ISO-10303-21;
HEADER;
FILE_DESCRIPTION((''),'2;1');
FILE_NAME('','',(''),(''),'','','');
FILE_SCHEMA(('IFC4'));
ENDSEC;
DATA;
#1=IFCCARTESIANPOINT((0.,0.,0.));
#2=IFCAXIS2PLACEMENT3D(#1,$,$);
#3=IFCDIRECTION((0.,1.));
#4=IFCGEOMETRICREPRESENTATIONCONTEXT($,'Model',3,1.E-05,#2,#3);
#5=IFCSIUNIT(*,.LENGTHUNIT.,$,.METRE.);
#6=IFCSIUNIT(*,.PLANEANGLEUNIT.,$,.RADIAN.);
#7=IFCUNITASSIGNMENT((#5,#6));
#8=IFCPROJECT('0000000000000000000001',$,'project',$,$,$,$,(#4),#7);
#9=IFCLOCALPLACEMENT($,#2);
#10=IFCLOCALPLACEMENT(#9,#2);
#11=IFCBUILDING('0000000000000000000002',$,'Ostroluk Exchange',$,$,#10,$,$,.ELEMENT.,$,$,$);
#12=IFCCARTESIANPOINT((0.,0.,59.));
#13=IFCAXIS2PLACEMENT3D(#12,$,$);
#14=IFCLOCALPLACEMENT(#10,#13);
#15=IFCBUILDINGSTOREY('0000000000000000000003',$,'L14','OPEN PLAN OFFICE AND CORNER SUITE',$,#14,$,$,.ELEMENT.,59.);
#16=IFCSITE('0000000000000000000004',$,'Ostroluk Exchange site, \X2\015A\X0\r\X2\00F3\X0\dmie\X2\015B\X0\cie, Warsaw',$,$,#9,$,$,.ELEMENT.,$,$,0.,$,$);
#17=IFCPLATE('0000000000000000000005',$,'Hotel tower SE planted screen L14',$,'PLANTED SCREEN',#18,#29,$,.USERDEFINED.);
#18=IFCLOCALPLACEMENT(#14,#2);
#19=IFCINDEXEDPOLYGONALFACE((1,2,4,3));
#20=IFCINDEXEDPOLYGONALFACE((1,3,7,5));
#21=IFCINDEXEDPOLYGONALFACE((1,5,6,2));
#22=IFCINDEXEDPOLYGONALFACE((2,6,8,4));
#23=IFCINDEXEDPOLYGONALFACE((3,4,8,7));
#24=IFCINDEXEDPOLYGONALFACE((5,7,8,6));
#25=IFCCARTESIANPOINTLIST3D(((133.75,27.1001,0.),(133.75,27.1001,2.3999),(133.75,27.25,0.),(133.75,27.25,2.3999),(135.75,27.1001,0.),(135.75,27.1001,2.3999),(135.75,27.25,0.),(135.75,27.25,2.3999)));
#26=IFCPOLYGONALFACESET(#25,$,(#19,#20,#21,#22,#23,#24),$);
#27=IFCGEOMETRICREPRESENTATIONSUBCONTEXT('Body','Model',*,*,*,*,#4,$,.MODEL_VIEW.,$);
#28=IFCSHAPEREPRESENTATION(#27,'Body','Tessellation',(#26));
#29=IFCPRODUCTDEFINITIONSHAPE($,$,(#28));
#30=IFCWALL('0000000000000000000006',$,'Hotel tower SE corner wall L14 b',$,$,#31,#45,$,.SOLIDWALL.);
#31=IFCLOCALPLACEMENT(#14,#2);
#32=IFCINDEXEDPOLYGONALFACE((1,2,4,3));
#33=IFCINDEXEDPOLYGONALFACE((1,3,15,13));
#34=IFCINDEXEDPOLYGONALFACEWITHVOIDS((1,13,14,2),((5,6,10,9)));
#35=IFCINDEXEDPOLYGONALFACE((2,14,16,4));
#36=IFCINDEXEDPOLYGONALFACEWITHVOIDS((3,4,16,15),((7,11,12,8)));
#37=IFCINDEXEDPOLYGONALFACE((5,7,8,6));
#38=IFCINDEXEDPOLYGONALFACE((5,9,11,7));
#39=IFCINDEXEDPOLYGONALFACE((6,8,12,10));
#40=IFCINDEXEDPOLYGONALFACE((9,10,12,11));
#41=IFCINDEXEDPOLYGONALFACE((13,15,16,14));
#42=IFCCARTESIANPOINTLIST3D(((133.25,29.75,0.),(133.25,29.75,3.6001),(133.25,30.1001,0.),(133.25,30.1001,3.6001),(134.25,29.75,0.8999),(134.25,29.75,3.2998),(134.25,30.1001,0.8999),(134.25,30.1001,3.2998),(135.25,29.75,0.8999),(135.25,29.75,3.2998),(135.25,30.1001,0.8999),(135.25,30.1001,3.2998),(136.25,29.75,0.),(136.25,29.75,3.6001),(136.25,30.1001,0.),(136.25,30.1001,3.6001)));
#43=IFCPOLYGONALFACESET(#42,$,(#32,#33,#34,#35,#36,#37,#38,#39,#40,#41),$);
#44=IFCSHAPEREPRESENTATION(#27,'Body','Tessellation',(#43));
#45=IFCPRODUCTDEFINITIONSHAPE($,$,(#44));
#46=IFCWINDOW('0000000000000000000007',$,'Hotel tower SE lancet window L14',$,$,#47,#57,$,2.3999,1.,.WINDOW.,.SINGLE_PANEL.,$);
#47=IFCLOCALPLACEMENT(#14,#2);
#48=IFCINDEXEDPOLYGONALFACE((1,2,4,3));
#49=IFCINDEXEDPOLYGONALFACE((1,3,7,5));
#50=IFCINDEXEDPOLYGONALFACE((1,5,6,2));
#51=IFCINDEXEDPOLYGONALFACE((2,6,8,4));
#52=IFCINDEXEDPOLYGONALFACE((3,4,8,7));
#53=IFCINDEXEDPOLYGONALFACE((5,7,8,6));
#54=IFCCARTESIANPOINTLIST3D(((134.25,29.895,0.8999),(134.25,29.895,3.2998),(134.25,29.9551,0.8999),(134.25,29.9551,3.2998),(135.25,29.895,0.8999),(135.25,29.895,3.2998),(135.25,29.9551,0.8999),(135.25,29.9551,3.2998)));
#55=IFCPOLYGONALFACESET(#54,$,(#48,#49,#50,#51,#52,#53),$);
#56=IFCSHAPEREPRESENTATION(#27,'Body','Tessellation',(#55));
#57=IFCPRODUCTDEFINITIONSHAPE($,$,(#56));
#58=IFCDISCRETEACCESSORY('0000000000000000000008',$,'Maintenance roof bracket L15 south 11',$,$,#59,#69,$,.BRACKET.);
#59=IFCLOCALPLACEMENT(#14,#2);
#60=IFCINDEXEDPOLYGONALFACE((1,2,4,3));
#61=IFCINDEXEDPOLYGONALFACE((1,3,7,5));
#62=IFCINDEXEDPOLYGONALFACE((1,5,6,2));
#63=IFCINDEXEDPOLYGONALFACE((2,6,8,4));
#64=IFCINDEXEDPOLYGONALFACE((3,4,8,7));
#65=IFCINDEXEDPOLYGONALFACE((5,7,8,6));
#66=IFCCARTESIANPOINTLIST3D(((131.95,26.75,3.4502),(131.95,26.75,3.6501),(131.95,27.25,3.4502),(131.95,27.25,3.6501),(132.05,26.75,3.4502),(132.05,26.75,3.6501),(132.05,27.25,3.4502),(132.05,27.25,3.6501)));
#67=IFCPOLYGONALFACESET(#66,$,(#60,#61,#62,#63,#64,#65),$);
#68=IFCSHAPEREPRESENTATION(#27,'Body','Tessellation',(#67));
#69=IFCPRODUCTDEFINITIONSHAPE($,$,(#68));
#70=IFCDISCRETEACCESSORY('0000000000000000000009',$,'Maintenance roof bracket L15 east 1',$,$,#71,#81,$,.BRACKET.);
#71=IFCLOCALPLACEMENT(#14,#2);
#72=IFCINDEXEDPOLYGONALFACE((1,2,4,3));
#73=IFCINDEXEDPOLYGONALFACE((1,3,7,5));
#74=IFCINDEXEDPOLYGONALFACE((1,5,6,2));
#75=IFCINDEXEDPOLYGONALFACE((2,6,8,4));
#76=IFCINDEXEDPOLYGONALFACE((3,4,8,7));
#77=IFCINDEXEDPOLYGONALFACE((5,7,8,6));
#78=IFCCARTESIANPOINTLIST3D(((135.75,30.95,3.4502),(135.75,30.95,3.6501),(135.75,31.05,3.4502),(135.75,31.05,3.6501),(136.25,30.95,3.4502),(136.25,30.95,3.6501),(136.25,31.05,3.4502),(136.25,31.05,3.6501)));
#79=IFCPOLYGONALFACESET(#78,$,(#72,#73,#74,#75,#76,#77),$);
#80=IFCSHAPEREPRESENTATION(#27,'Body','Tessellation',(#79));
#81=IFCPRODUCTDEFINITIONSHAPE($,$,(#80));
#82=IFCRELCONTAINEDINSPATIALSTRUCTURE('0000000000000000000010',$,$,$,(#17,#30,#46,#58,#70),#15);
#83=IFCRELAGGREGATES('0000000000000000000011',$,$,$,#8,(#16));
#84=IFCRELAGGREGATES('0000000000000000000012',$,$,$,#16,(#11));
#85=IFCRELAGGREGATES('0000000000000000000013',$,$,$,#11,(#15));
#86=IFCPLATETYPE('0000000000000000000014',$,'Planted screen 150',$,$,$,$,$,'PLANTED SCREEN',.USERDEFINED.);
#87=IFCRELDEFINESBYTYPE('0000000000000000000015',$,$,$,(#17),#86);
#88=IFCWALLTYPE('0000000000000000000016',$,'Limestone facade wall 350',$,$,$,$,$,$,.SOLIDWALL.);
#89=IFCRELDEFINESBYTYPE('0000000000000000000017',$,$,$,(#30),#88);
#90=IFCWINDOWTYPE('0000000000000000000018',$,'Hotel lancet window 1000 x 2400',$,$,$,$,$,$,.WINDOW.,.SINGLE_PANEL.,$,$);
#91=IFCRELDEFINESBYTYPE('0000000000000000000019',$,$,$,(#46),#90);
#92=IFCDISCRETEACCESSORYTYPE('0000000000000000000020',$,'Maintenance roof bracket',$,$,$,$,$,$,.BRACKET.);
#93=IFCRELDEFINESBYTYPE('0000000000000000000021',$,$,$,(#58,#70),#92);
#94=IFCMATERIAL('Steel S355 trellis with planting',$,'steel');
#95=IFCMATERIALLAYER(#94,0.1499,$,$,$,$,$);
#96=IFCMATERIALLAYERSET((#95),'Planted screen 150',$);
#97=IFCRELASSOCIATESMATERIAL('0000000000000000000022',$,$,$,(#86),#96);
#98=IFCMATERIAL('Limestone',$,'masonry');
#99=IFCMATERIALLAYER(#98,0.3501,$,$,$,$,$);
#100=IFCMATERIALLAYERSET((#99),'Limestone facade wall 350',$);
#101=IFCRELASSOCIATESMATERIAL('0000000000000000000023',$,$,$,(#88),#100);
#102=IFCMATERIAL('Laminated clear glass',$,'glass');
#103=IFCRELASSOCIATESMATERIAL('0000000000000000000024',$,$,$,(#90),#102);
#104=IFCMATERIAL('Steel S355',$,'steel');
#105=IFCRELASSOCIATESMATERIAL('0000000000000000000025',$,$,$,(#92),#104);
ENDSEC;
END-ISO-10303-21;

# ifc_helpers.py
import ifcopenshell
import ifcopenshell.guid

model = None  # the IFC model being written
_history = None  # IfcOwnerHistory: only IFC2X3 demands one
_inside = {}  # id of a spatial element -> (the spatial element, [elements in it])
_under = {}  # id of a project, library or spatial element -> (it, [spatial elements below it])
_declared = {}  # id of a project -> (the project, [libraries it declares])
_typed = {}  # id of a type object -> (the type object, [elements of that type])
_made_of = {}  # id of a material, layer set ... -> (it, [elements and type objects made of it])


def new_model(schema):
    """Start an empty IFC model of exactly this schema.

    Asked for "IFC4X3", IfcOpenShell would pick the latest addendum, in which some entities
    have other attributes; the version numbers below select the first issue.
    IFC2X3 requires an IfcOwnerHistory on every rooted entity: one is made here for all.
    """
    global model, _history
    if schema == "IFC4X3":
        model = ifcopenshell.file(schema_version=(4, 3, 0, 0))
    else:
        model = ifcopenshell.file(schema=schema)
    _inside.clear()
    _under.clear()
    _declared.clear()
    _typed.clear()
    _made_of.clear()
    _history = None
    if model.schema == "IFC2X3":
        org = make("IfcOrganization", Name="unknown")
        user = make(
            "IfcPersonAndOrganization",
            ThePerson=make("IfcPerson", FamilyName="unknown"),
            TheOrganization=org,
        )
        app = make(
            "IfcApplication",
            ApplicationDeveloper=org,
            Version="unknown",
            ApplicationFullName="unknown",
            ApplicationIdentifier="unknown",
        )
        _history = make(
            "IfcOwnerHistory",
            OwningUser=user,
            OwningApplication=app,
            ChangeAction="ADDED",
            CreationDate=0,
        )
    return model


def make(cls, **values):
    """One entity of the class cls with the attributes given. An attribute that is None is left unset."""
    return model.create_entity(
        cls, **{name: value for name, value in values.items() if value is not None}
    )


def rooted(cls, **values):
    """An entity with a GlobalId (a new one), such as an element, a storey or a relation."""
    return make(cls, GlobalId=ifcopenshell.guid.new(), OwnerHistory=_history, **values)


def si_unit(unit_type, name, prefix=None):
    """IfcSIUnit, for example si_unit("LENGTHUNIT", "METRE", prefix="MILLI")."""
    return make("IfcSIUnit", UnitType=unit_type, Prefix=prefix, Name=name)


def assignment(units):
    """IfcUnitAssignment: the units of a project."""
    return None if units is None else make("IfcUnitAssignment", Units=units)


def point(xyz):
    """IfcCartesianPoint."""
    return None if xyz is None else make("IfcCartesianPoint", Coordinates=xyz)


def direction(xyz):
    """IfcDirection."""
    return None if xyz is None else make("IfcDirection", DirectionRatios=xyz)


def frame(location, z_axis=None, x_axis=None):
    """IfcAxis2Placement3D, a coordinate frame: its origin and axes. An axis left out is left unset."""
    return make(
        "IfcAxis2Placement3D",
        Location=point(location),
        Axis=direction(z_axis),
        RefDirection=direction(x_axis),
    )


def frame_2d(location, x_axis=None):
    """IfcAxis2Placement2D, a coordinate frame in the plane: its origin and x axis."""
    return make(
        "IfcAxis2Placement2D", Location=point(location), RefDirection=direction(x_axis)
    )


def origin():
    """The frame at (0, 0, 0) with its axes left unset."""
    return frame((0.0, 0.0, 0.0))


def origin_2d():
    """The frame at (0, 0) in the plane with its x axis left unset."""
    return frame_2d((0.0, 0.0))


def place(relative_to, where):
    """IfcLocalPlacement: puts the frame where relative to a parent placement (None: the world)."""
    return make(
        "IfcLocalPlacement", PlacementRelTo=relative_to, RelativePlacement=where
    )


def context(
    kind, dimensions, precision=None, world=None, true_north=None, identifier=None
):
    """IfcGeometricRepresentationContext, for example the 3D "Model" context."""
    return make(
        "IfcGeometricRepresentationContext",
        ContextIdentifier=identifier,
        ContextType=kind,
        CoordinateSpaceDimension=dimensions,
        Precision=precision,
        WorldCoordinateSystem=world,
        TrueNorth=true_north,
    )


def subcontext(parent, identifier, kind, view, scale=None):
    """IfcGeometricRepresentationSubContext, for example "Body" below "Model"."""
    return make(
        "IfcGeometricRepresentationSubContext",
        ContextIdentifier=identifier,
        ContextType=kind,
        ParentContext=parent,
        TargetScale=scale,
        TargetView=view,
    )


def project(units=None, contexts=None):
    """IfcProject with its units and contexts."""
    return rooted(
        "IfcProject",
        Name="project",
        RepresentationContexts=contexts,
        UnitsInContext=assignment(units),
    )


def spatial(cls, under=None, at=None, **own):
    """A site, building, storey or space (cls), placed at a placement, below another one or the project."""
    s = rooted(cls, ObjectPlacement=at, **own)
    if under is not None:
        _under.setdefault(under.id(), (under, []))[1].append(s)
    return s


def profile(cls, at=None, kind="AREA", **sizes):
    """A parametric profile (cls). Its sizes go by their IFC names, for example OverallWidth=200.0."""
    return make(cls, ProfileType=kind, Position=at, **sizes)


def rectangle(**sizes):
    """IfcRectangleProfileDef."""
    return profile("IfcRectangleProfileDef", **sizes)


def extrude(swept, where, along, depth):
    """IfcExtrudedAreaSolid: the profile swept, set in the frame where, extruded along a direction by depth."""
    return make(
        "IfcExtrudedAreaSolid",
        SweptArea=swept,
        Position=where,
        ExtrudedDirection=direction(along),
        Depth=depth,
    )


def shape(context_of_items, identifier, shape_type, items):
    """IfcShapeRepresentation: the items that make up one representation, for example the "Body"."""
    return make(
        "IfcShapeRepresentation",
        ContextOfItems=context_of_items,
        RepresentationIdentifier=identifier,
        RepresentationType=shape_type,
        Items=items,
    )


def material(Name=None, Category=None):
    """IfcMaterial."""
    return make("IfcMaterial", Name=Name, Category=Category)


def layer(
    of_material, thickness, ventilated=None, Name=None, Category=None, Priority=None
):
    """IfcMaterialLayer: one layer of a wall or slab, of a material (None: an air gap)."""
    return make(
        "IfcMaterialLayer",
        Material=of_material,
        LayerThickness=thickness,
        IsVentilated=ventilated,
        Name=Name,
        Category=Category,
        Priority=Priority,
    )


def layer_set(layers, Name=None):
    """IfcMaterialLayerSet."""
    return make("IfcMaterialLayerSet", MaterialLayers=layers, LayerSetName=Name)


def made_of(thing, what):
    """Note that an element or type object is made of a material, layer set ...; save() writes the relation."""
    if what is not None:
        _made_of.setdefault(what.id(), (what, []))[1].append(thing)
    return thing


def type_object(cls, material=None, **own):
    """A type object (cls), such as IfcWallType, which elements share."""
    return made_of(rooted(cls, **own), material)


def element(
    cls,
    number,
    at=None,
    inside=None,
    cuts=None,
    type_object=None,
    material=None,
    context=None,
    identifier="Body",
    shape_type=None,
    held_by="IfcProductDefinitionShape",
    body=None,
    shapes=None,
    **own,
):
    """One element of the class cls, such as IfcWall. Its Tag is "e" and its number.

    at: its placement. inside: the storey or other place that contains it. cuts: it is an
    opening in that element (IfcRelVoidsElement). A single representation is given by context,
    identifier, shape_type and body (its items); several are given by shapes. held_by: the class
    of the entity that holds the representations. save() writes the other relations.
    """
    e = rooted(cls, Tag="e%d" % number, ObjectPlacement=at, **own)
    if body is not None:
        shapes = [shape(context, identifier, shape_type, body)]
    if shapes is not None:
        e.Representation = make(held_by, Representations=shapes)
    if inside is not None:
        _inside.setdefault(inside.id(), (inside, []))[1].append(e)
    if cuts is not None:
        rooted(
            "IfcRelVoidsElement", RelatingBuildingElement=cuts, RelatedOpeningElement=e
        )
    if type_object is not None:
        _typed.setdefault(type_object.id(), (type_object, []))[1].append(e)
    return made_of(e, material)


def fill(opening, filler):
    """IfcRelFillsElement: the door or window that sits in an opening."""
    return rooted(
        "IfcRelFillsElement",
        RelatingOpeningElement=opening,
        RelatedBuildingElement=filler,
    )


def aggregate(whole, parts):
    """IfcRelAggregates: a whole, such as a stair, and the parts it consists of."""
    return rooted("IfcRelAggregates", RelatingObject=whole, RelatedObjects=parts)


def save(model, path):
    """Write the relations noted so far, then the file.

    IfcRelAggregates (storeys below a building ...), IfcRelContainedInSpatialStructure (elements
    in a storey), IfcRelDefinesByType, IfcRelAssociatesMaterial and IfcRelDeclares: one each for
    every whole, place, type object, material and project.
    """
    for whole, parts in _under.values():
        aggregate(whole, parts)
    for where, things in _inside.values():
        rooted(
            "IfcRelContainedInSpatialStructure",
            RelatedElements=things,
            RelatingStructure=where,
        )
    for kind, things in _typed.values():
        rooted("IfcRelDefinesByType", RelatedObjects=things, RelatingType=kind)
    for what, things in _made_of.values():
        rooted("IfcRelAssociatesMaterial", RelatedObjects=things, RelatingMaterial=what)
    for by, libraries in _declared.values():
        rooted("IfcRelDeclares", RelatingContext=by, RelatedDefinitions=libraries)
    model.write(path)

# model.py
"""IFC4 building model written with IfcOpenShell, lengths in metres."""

from ifc_helpers import new_model, si_unit, direction, frame, frame_2d, origin, origin_2d, place, context, subcontext, project, spatial, rectangle, extrude, material, layer, layer_set, type_object, element, fill, save


model = new_model("IFC4")

# Units and contexts
model_context = context("Model", 3, precision=1e-05, world=origin(), true_north=direction((0.0, 1.0)))
body_context = subcontext(model_context, "Body", "Model", "MODEL_VIEW")
ifc_project = project(units=[si_unit("LENGTHUNIT", "METRE"), si_unit("PLANEANGLEUNIT", "RADIAN")], contexts=[model_context])

# Site, building, storey
site_placement = place(None, origin())
site = spatial("IfcSite", under=ifc_project, at=site_placement, Name="Ostroluk Exchange site, Śródmieście, Warsaw", CompositionType="ELEMENT", RefElevation=0.0)
building_placement = place(site_placement, origin())
building = spatial("IfcBuilding", under=site, at=building_placement, Name="Ostroluk Exchange", CompositionType="ELEMENT")
storey_placement = place(building_placement, frame((0.0, 0.0, 59.0)))
storey = spatial("IfcBuildingStorey", under=building, at=storey_placement, Name="L14", Description="OPEN PLAN OFFICE AND CORNER SUITE", CompositionType="ELEMENT", Elevation=59.0)

# Plate
ifc_material_1 = material(Name="Steel S355 trellis with planting", Category="steel")
ifc_layer_1 = layer(ifc_material_1, 0.1499)
ifc_layer_set_1 = layer_set([ifc_layer_1], Name="Planted screen 150")
plate_type_1 = type_object("IfcPlateType", Name="Planted screen 150", ElementType="PLANTED SCREEN", PredefinedType="USERDEFINED", material=ifc_layer_set_1)
plate_1_placement = place(storey_placement, frame((134.75, 27.175, 0.0), z_axis=(0.0, 0.0, 1.0), x_axis=(1.0, 0.0, 0.0)))
element("IfcPlate", 1, at=plate_1_placement, inside=storey, type_object=plate_type_1, Name="Hotel tower SE planted screen L14", ObjectType="PLANTED SCREEN", PredefinedType="USERDEFINED", context=body_context, shape_type="SweptSolid", body=[
    extrude(rectangle(XDim=2.0, YDim=0.1499, at=origin_2d()), origin(), (0.0, 0.0, 1.0), 2.3999),
])

# Shared definitions
ifc_material_2 = material(Name="Limestone", Category="masonry")
ifc_layer_2 = layer(ifc_material_2, 0.3501)
ifc_layer_set_2 = layer_set([ifc_layer_2], Name="Limestone facade wall 350")
wall_type = type_object("IfcWallType", Name="Limestone facade wall 350", PredefinedType="SOLIDWALL", material=ifc_layer_set_2)

# Wall, opening, window
wall_1_placement = place(storey_placement, frame((133.25, 29.925, 0.0), z_axis=(0.0, 0.0, 1.0), x_axis=(1.0, 0.0, 0.0)))
wall_1 = element("IfcWall", 2, at=wall_1_placement, inside=storey, type_object=wall_type, Name="Hotel tower SE corner wall L14 b", PredefinedType="SOLIDWALL", context=body_context, shape_type="SweptSolid", body=[
    extrude(rectangle(XDim=3.0, YDim=0.3501, at=frame_2d((1.5, 0.0))), origin(), (0.0, 0.0, 1.0), 3.6001),
])
opening_1_placement = place(wall_1_placement, frame((1.0, 0.0, 0.8999)))
opening_1 = element("IfcOpeningElement", 3, at=opening_1_placement, cuts=wall_1, PredefinedType="OPENING", context=body_context, shape_type="SweptSolid", body=[
    extrude(rectangle(XDim=1.0, YDim=2.3999, at=frame_2d((0.5, 1.2))), frame((0.0, 0.1851, 0.0), z_axis=(0.0, -1.0, 0.0), x_axis=(1.0, 0.0, 0.0)), (0.0, 0.0, 1.0), 0.3701),
])
ifc_material_3 = material(Name="Laminated clear glass", Category="glass")
window_type = type_object("IfcWindowType", Name="Hotel lancet window 1000 x 2400", PartitioningType="SINGLE_PANEL", PredefinedType="WINDOW", material=ifc_material_3)
window_placement = place(opening_1_placement, origin())
window = element("IfcWindow", 4, at=window_placement, inside=storey, type_object=window_type, Name="Hotel tower SE lancet window L14", OverallHeight=2.3999, OverallWidth=1.0, PartitioningType="SINGLE_PANEL", PredefinedType="WINDOW", context=body_context, shape_type="SweptSolid", body=[
    extrude(rectangle(XDim=1.0, YDim=2.3999, at=frame_2d((0.5, 1.2))), frame((0.0, 0.03, 0.0), z_axis=(0.0, -1.0, 0.0), x_axis=(1.0, 0.0, 0.0)), (0.0, 0.0, 1.0), 0.0601),
])
fill(opening_1, window)

# Discrete accessories
ifc_material_4 = material(Name="Steel S355", Category="steel")
discrete_accessory_type = type_object("IfcDiscreteAccessoryType", Name="Maintenance roof bracket", PredefinedType="BRACKET", material=ifc_material_4)
discrete_accessory_1_placement = place(storey_placement, frame((132.0, 27.0, 3.4502), z_axis=(0.0, 0.0, 1.0), x_axis=(1.0, 0.0, 0.0)))
element("IfcDiscreteAccessory", 5, at=discrete_accessory_1_placement, inside=storey, type_object=discrete_accessory_type, Name="Maintenance roof bracket L15 south 11", PredefinedType="BRACKET", context=body_context, shape_type="SweptSolid", body=[
    extrude(rectangle(XDim=0.1001, YDim=0.5, at=origin_2d()), origin(), (0.0, 0.0, 1.0), 0.2),
])
discrete_accessory_2_placement = place(storey_placement, frame((136.0, 31.0, 3.4502), z_axis=(0.0, 0.0, 1.0), x_axis=(1.0, 0.0, 0.0)))
element("IfcDiscreteAccessory", 6, at=discrete_accessory_2_placement, inside=storey, type_object=discrete_accessory_type, Name="Maintenance roof bracket L15 east 1", PredefinedType="BRACKET", context=body_context, shape_type="SweptSolid", body=[
    extrude(rectangle(XDim=0.5, YDim=0.1001, at=origin_2d()), origin(), (0.0, 0.0, 1.0), 0.2),
])

save(model, "model.ifc")
